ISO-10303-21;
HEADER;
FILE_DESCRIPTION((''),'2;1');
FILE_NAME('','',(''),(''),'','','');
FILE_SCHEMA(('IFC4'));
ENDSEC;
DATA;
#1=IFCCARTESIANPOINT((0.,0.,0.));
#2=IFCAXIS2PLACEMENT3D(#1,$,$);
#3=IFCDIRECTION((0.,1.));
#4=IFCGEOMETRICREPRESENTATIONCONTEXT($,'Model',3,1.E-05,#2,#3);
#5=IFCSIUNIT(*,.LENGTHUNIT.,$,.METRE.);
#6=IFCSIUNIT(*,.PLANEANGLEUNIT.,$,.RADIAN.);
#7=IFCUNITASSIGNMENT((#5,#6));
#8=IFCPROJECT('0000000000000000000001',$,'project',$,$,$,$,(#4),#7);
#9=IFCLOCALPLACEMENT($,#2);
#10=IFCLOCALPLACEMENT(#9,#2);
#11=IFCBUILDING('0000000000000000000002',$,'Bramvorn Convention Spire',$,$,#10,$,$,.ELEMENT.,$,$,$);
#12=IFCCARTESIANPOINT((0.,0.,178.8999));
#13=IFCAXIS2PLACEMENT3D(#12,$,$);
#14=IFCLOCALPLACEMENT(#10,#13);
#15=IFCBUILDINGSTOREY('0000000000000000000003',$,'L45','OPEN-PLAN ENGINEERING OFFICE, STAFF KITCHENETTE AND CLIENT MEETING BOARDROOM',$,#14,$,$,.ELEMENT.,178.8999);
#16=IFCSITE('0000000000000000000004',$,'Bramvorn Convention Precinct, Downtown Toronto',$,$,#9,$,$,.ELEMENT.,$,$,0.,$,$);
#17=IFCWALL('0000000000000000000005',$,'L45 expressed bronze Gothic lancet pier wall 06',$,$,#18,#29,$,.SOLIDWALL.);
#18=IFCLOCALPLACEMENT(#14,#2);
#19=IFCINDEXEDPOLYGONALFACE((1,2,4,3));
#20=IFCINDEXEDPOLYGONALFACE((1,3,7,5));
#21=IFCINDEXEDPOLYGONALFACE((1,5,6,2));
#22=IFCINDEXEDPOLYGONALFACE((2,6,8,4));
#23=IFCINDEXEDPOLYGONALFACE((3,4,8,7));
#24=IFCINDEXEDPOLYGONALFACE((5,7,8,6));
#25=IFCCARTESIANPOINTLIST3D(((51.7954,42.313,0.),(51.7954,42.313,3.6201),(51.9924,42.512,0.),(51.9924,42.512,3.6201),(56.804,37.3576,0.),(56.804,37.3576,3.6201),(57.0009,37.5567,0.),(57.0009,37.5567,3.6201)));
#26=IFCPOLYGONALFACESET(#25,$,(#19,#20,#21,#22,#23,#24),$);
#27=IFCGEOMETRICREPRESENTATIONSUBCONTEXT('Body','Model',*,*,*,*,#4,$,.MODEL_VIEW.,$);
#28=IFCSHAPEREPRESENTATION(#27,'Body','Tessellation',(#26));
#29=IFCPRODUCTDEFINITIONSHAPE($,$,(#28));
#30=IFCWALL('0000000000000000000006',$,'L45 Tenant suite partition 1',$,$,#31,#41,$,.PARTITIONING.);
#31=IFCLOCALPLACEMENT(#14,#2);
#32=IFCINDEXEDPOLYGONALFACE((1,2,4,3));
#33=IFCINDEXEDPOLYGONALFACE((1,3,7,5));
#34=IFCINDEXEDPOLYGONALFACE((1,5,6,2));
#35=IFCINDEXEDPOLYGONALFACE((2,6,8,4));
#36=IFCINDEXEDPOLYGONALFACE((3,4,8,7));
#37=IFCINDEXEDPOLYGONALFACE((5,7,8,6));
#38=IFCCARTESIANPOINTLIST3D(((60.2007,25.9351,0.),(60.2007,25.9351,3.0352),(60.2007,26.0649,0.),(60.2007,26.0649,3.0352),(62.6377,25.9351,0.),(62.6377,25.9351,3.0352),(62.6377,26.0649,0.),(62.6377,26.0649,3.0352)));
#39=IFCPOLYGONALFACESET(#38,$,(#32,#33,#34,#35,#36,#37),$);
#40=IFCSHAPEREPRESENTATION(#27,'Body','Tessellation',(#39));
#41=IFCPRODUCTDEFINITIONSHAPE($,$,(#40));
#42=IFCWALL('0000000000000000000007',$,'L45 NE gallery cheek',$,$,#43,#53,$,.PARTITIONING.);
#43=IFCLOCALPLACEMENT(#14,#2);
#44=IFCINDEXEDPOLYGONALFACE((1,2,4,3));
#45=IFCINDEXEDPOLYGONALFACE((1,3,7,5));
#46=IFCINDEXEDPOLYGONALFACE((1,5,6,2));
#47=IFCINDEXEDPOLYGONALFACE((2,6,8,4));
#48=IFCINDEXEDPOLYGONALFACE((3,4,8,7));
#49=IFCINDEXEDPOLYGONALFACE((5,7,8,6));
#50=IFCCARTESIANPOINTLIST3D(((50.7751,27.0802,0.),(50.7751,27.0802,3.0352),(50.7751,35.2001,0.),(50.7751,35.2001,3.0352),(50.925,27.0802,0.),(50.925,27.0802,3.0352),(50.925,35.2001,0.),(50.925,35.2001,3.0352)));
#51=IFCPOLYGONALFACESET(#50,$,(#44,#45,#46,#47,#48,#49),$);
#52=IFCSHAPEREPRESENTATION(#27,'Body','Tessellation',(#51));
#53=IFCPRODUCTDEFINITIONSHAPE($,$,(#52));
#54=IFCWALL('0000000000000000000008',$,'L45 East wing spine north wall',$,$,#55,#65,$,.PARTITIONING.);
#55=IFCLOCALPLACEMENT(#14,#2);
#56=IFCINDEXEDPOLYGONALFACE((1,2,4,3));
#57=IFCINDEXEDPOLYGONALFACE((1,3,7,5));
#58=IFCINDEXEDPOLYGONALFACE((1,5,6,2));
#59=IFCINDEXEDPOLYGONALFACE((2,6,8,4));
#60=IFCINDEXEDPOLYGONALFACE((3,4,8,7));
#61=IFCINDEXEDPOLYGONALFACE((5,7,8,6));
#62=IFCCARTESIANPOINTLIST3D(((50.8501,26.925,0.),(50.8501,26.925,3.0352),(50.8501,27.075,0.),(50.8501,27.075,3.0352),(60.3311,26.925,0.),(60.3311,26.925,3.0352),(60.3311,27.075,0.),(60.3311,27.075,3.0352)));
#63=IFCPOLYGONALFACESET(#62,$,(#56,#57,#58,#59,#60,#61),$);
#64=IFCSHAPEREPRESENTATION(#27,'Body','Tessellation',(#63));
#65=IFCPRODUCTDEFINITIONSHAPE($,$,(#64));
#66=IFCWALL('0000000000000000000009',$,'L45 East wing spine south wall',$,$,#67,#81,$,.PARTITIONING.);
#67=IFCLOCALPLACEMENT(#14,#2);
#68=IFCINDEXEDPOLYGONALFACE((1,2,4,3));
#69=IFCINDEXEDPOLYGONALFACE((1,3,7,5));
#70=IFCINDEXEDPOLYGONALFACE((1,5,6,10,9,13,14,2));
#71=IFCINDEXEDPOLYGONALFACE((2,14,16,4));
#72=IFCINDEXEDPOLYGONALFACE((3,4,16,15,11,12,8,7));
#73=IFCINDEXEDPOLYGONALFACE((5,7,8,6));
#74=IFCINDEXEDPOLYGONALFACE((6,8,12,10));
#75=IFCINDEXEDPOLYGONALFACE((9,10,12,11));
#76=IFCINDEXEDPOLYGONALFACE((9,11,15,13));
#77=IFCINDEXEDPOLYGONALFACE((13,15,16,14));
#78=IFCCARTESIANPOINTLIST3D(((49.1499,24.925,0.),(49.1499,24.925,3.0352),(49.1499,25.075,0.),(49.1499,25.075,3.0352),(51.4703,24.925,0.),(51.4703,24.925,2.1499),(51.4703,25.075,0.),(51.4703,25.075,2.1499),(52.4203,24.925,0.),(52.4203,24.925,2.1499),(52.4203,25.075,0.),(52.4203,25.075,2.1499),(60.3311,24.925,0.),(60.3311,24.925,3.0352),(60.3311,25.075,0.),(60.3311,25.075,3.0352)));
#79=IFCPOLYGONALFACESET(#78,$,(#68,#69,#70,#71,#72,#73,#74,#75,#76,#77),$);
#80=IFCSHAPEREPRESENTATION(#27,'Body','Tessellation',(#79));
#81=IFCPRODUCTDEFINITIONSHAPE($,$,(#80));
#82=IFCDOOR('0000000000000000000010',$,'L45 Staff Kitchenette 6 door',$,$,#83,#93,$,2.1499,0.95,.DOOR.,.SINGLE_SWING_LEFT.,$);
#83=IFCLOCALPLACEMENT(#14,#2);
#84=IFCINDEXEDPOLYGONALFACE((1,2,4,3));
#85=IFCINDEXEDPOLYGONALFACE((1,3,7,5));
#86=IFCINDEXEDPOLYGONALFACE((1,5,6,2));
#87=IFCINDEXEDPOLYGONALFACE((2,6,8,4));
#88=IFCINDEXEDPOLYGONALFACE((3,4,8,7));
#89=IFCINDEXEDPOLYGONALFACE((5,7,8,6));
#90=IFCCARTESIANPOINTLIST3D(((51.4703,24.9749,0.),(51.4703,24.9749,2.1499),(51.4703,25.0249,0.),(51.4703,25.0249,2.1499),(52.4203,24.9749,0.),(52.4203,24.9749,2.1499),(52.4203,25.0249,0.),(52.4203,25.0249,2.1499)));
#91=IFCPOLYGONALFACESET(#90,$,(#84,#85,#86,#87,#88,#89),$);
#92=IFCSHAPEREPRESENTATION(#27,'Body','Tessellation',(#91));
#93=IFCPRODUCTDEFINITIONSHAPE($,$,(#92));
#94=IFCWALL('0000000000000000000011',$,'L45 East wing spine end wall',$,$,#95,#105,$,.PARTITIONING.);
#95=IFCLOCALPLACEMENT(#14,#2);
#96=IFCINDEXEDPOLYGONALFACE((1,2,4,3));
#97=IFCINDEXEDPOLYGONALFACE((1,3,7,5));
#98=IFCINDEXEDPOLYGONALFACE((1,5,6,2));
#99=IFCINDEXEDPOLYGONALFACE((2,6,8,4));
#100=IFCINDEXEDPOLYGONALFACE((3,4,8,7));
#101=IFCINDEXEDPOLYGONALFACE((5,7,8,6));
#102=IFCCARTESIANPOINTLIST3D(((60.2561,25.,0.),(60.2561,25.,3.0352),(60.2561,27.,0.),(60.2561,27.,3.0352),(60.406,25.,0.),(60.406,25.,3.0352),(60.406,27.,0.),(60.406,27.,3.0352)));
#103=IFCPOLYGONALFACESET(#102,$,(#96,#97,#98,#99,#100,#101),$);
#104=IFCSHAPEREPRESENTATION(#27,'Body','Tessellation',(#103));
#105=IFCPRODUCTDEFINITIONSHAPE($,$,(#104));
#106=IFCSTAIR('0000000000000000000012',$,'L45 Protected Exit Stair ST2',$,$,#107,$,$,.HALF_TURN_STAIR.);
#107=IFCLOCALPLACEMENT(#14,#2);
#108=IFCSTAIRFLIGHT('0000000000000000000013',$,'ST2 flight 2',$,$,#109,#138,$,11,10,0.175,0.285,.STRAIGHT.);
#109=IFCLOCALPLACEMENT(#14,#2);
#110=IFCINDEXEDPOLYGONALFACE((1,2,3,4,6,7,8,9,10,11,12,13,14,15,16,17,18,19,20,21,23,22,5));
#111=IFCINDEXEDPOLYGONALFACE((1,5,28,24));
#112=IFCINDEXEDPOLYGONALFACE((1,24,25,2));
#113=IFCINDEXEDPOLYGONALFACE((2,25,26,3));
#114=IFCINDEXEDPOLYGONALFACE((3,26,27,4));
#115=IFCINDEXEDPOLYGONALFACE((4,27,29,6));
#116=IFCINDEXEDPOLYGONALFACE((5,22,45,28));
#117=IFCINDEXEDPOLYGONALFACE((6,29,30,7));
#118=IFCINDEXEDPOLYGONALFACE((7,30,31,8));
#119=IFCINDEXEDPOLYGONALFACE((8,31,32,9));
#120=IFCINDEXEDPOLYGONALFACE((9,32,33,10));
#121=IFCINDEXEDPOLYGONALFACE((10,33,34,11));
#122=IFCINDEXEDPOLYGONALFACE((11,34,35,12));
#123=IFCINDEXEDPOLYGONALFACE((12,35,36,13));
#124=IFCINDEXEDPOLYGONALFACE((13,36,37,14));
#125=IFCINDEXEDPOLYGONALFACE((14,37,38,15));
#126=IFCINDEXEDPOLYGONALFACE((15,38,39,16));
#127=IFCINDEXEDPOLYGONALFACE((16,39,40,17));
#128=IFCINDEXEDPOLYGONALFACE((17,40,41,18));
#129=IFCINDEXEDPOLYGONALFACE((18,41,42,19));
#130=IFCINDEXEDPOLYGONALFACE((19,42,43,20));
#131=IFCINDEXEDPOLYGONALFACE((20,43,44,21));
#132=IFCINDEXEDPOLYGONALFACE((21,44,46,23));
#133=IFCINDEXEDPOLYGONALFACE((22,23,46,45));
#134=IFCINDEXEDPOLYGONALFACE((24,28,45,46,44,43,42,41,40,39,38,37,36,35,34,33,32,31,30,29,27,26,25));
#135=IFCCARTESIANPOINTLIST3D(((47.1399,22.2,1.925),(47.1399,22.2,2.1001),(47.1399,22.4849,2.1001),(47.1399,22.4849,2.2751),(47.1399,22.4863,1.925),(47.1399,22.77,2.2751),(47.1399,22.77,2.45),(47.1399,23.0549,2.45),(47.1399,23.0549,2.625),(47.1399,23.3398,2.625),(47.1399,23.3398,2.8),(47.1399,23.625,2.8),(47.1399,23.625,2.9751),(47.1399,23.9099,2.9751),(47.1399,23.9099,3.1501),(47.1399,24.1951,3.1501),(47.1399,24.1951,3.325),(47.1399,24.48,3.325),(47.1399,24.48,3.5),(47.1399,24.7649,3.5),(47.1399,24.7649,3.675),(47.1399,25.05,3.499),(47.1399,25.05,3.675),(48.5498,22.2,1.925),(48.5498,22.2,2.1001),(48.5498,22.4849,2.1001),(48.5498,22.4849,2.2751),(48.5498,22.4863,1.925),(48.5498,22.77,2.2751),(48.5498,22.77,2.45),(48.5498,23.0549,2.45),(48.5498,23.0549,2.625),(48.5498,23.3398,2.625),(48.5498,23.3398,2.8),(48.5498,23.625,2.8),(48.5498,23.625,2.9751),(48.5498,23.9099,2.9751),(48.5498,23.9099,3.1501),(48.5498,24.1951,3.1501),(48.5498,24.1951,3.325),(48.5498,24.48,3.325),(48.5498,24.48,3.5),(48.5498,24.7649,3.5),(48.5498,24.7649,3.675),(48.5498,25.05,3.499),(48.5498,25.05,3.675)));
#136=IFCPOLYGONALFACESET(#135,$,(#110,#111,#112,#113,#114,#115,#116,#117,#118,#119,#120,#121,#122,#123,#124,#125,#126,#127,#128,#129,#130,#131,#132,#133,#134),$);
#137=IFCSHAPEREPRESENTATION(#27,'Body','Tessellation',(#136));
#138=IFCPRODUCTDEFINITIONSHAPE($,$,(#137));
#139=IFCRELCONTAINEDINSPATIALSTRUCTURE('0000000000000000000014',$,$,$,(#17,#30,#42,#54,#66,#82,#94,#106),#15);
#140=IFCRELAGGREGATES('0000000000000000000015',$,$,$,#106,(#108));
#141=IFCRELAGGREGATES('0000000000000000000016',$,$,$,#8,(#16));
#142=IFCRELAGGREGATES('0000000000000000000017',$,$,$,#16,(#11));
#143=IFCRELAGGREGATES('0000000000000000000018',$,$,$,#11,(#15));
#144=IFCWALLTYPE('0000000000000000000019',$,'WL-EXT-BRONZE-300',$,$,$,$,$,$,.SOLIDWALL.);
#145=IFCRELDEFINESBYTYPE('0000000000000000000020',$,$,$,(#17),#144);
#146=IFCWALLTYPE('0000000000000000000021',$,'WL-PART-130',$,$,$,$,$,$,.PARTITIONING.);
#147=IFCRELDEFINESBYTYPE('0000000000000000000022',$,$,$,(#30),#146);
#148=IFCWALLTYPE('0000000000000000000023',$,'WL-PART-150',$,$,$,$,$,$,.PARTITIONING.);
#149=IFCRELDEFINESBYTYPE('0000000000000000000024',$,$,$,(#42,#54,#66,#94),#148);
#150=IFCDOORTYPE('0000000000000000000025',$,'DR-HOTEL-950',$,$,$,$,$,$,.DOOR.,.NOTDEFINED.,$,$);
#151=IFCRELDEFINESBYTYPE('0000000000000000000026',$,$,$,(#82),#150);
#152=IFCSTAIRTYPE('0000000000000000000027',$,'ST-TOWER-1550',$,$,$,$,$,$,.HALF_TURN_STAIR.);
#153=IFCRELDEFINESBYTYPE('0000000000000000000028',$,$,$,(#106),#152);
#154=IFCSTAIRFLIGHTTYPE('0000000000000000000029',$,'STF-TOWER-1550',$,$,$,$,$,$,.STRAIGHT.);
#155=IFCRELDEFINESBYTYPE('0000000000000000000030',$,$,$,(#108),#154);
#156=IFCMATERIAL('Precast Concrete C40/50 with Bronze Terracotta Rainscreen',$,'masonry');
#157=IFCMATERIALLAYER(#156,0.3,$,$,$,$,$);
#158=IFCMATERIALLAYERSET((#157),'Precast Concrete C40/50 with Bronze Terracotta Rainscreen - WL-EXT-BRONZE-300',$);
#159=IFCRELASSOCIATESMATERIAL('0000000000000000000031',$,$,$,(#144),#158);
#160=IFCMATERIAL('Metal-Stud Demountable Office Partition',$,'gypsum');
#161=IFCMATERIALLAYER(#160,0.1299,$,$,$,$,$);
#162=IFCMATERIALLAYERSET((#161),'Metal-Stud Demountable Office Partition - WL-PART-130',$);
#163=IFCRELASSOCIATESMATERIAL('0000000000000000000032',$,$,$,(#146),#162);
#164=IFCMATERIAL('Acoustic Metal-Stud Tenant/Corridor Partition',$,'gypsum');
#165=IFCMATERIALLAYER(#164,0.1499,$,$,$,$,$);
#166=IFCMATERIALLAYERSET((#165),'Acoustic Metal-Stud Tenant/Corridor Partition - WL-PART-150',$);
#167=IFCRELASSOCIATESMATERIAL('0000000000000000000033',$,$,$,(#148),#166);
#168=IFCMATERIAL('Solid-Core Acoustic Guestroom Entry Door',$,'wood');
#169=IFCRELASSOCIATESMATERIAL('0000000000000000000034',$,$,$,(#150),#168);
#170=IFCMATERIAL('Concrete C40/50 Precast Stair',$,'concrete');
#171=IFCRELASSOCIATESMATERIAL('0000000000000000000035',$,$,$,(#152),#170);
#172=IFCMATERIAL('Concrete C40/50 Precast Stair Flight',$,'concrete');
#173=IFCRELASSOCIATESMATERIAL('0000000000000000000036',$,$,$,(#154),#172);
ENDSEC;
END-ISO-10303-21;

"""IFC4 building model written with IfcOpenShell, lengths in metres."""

from ifc_helpers import new_model, si_unit, direction, frame, frame_2d, origin, place, context, subcontext, project, spatial, polyline, rectangle, outline, extrude, material, layer, layer_set, type_object, element, fill, aggregate, save


model = new_model("IFC4")

# Units and contexts
model_context = context("Model", 3, precision=1e-05, world=origin(), true_north=direction((0.0, 1.0)))
body_context = subcontext(model_context, "Body", "Model", "MODEL_VIEW")
ifc_project = project(units=[si_unit("LENGTHUNIT", "METRE"), si_unit("PLANEANGLEUNIT", "RADIAN")], contexts=[model_context])

# Site, building, storey
site_placement = place(None, origin())
site = spatial("IfcSite", under=ifc_project, at=site_placement, Name="Bramvorn Convention Precinct, Downtown Toronto", CompositionType="ELEMENT", RefElevation=0.0)
building_placement = place(site_placement, origin())
building = spatial("IfcBuilding", under=site, at=building_placement, Name="Bramvorn Convention Spire", CompositionType="ELEMENT")
storey_placement = place(building_placement, frame((0.0, 0.0, 178.8999)))
storey = spatial("IfcBuildingStorey", under=building, at=storey_placement, Name="L45", Description="OPEN-PLAN ENGINEERING OFFICE, STAFF KITCHENETTE AND CLIENT MEETING BOARDROOM", CompositionType="ELEMENT", Elevation=178.8999)

# Walls
ifc_material_1 = material(Name="Precast Concrete C40/50 with Bronze Terracotta Rainscreen", Category="masonry")
ifc_layer_1 = layer(ifc_material_1, 0.3)
ifc_layer_set_1 = layer_set([ifc_layer_1], Name="Precast Concrete C40/50 with Bronze Terracotta Rainscreen - WL-EXT-BRONZE-300")
wall_type_1 = type_object("IfcWallType", Name="WL-EXT-BRONZE-300", PredefinedType="SOLIDWALL", material=ifc_layer_set_1)
wall_1_placement = place(storey_placement, frame((51.8938, 42.4126, 0.0), z_axis=(0.0, 0.0, 1.0), x_axis=(0.710874, -0.70332, 0.0)))
element("IfcWall", 1, at=wall_1_placement, inside=storey, type_object=wall_type_1, Name="L45 expressed bronze Gothic lancet pier wall 06", PredefinedType="SOLIDWALL", context=body_context, shape_type="SweptSolid", body=[
    extrude(rectangle(XDim=7.0457, YDim=0.28, at=frame_2d((3.5229, 0.0))), origin(), (0.0, 0.0, 1.0), 3.6201),
])
ifc_material_2 = material(Name="Metal-Stud Demountable Office Partition", Category="gypsum")
ifc_layer_2 = layer(ifc_material_2, 0.1299)
ifc_layer_set_2 = layer_set([ifc_layer_2], Name="Metal-Stud Demountable Office Partition - WL-PART-130")
wall_type_2 = type_object("IfcWallType", Name="WL-PART-130", PredefinedType="PARTITIONING", material=ifc_layer_set_2)
wall_2_placement = place(storey_placement, frame((60.2007, 26.0, 0.0), z_axis=(0.0, 0.0, 1.0), x_axis=(1.0, 0.0, 0.0)))
element("IfcWall", 2, at=wall_2_placement, inside=storey, type_object=wall_type_2, Name="L45 Tenant suite partition 1", PredefinedType="PARTITIONING", context=body_context, shape_type="SweptSolid", body=[
    extrude(rectangle(XDim=2.437, YDim=0.1299, at=frame_2d((1.2185, 0.0))), origin(), (0.0, 0.0, 1.0), 3.0352),
])
ifc_material_3 = material(Name="Acoustic Metal-Stud Tenant/Corridor Partition", Category="gypsum")
ifc_layer_3 = layer(ifc_material_3, 0.1499)
ifc_layer_set_3 = layer_set([ifc_layer_3], Name="Acoustic Metal-Stud Tenant/Corridor Partition - WL-PART-150")
wall_type_3 = type_object("IfcWallType", Name="WL-PART-150", PredefinedType="PARTITIONING", material=ifc_layer_set_3)
wall_3_placement = place(storey_placement, frame((50.8501, 27.0801, 0.0), z_axis=(0.0, 0.0, 1.0), x_axis=(0.0, 1.0, 0.0)))
element("IfcWall", 3, at=wall_3_placement, inside=storey, type_object=wall_type_3, Name="L45 NE gallery cheek", PredefinedType="PARTITIONING", context=body_context, shape_type="SweptSolid", body=[
    extrude(rectangle(XDim=8.1199, YDim=0.1499, at=frame_2d((4.0601, 0.0))), origin(), (0.0, 0.0, 1.0), 3.0352),
])
wall_4_placement = place(storey_placement, frame((50.8501, 27.0, 0.0), z_axis=(0.0, 0.0, 1.0), x_axis=(1.0, 0.0, 0.0)))
element("IfcWall", 4, at=wall_4_placement, inside=storey, type_object=wall_type_3, Name="L45 East wing spine north wall", PredefinedType="PARTITIONING", context=body_context, shape_type="SweptSolid", body=[
    extrude(rectangle(XDim=9.481, YDim=0.1499, at=frame_2d((4.7405, 0.0))), origin(), (0.0, 0.0, 1.0), 3.0352),
])

# Wall, opening, door
wall_5_placement = place(storey_placement, frame((49.1499, 25.0, 0.0), z_axis=(0.0, 0.0, 1.0), x_axis=(1.0, 0.0, 0.0)))
wall_5 = element("IfcWall", 5, at=wall_5_placement, inside=storey, type_object=wall_type_3, Name="L45 East wing spine south wall", PredefinedType="PARTITIONING", context=body_context, shape_type="SweptSolid", body=[
    extrude(rectangle(XDim=11.1812, YDim=0.1499, at=frame_2d((5.5906, 0.0))), origin(), (0.0, 0.0, 1.0), 3.0352),
])
opening_placement = place(wall_5_placement, frame((2.3203, 0.0, 0.0)))
opening = element("IfcOpeningElement", 6, at=opening_placement, cuts=wall_5, PredefinedType="OPENING", context=body_context, shape_type="SweptSolid", body=[
    extrude(rectangle(XDim=0.95, YDim=2.1499, at=frame_2d((0.4751, 1.075))), frame((0.0, 0.085, 0.0), z_axis=(0.0, -1.0, 0.0), x_axis=(1.0, 0.0, 0.0)), (0.0, 0.0, 1.0), 0.1699),
])
ifc_material_4 = material(Name="Solid-Core Acoustic Guestroom Entry Door", Category="wood")
door_type = type_object("IfcDoorType", Name="DR-HOTEL-950", OperationType="NOTDEFINED", PredefinedType="DOOR", material=ifc_material_4)
door_placement = place(opening_placement, origin())
door = element("IfcDoor", 7, at=door_placement, inside=storey, type_object=door_type, Name="L45 Staff Kitchenette 6 door", OperationType="SINGLE_SWING_LEFT", OverallHeight=2.1499, OverallWidth=0.95, PredefinedType="DOOR", context=body_context, shape_type="SweptSolid", body=[
    extrude(rectangle(XDim=0.95, YDim=2.1499, at=frame_2d((0.4751, 1.075))), frame((0.0, 0.0249, 0.0), z_axis=(0.0, -1.0, 0.0), x_axis=(1.0, 0.0, 0.0)), (0.0, 0.0, 1.0), 0.05),
])
fill(opening, door)

# Wall
wall_6_placement = place(storey_placement, frame((60.3311, 25.0, 0.0), z_axis=(0.0, 0.0, 1.0), x_axis=(0.0, 1.0, 0.0)))
element("IfcWall", 8, at=wall_6_placement, inside=storey, type_object=wall_type_3, Name="L45 East wing spine end wall", PredefinedType="PARTITIONING", context=body_context, shape_type="SweptSolid", body=[
    extrude(rectangle(XDim=2.0, YDim=0.1499, at=frame_2d((1.0, 0.0))), origin(), (0.0, 0.0, 1.0), 3.0352),
])

# Stair, stair flight
ifc_material_5 = material(Name="Concrete C40/50 Precast Stair", Category="concrete")
stair_type = type_object("IfcStairType", Name="ST-TOWER-1550", PredefinedType="HALF_TURN_STAIR", material=ifc_material_5)
stair_placement = place(storey_placement, origin())
stair = element("IfcStair", 9, at=stair_placement, inside=storey, type_object=stair_type, Name="L45 Protected Exit Stair ST2", PredefinedType="HALF_TURN_STAIR")
ifc_material_6 = material(Name="Concrete C40/50 Precast Stair Flight", Category="concrete")
stair_flight_type = type_object("IfcStairFlightType", Name="STF-TOWER-1550", PredefinedType="STRAIGHT", material=ifc_material_6)
stair_flight_placement = place(storey_placement, frame((47.845, 22.2, 1.925), z_axis=(0.0, 0.0, 1.0), x_axis=(0.0, 1.0, 0.0)))
stair_flight = element("IfcStairFlight", 10, at=stair_flight_placement, type_object=stair_flight_type, Name="ST2 flight 2", NumberOfRisers=11, NumberOfTreads=10, PredefinedType="STRAIGHT", RiserHeight=0.175, TreadLength=0.285, context=body_context, shape_type="SweptSolid", body=[
    extrude(outline(polyline([(0.0, 0.0), (0.0, 0.175), (0.2849, 0.175), (0.2849, 0.3501), (0.5701, 0.3501), (0.5701, 0.5249), (0.855, 0.5249), (0.855, 0.7), (1.1399, 0.7), (1.1399, 0.875), (1.425, 0.875), (1.425, 1.05), (1.71, 1.05), (1.71, 1.2251), (1.9951, 1.2251), (1.9951, 1.3999), (2.28, 1.3999), (2.28, 1.575), (2.5649, 1.575), (2.5649, 1.75), (2.8501, 1.75), (2.8501, 1.925), (2.8501, 1.574), (0.2864, 0.0), (0.0, 0.0)])), frame((0.0, 0.7051, 0.0), z_axis=(0.0, -1.0, 0.0), x_axis=(1.0, 0.0, 0.0)), (0.0, 0.0, 1.0), 1.4099),
])
aggregate(stair, [stair_flight])

save(model, "model.ifc")
